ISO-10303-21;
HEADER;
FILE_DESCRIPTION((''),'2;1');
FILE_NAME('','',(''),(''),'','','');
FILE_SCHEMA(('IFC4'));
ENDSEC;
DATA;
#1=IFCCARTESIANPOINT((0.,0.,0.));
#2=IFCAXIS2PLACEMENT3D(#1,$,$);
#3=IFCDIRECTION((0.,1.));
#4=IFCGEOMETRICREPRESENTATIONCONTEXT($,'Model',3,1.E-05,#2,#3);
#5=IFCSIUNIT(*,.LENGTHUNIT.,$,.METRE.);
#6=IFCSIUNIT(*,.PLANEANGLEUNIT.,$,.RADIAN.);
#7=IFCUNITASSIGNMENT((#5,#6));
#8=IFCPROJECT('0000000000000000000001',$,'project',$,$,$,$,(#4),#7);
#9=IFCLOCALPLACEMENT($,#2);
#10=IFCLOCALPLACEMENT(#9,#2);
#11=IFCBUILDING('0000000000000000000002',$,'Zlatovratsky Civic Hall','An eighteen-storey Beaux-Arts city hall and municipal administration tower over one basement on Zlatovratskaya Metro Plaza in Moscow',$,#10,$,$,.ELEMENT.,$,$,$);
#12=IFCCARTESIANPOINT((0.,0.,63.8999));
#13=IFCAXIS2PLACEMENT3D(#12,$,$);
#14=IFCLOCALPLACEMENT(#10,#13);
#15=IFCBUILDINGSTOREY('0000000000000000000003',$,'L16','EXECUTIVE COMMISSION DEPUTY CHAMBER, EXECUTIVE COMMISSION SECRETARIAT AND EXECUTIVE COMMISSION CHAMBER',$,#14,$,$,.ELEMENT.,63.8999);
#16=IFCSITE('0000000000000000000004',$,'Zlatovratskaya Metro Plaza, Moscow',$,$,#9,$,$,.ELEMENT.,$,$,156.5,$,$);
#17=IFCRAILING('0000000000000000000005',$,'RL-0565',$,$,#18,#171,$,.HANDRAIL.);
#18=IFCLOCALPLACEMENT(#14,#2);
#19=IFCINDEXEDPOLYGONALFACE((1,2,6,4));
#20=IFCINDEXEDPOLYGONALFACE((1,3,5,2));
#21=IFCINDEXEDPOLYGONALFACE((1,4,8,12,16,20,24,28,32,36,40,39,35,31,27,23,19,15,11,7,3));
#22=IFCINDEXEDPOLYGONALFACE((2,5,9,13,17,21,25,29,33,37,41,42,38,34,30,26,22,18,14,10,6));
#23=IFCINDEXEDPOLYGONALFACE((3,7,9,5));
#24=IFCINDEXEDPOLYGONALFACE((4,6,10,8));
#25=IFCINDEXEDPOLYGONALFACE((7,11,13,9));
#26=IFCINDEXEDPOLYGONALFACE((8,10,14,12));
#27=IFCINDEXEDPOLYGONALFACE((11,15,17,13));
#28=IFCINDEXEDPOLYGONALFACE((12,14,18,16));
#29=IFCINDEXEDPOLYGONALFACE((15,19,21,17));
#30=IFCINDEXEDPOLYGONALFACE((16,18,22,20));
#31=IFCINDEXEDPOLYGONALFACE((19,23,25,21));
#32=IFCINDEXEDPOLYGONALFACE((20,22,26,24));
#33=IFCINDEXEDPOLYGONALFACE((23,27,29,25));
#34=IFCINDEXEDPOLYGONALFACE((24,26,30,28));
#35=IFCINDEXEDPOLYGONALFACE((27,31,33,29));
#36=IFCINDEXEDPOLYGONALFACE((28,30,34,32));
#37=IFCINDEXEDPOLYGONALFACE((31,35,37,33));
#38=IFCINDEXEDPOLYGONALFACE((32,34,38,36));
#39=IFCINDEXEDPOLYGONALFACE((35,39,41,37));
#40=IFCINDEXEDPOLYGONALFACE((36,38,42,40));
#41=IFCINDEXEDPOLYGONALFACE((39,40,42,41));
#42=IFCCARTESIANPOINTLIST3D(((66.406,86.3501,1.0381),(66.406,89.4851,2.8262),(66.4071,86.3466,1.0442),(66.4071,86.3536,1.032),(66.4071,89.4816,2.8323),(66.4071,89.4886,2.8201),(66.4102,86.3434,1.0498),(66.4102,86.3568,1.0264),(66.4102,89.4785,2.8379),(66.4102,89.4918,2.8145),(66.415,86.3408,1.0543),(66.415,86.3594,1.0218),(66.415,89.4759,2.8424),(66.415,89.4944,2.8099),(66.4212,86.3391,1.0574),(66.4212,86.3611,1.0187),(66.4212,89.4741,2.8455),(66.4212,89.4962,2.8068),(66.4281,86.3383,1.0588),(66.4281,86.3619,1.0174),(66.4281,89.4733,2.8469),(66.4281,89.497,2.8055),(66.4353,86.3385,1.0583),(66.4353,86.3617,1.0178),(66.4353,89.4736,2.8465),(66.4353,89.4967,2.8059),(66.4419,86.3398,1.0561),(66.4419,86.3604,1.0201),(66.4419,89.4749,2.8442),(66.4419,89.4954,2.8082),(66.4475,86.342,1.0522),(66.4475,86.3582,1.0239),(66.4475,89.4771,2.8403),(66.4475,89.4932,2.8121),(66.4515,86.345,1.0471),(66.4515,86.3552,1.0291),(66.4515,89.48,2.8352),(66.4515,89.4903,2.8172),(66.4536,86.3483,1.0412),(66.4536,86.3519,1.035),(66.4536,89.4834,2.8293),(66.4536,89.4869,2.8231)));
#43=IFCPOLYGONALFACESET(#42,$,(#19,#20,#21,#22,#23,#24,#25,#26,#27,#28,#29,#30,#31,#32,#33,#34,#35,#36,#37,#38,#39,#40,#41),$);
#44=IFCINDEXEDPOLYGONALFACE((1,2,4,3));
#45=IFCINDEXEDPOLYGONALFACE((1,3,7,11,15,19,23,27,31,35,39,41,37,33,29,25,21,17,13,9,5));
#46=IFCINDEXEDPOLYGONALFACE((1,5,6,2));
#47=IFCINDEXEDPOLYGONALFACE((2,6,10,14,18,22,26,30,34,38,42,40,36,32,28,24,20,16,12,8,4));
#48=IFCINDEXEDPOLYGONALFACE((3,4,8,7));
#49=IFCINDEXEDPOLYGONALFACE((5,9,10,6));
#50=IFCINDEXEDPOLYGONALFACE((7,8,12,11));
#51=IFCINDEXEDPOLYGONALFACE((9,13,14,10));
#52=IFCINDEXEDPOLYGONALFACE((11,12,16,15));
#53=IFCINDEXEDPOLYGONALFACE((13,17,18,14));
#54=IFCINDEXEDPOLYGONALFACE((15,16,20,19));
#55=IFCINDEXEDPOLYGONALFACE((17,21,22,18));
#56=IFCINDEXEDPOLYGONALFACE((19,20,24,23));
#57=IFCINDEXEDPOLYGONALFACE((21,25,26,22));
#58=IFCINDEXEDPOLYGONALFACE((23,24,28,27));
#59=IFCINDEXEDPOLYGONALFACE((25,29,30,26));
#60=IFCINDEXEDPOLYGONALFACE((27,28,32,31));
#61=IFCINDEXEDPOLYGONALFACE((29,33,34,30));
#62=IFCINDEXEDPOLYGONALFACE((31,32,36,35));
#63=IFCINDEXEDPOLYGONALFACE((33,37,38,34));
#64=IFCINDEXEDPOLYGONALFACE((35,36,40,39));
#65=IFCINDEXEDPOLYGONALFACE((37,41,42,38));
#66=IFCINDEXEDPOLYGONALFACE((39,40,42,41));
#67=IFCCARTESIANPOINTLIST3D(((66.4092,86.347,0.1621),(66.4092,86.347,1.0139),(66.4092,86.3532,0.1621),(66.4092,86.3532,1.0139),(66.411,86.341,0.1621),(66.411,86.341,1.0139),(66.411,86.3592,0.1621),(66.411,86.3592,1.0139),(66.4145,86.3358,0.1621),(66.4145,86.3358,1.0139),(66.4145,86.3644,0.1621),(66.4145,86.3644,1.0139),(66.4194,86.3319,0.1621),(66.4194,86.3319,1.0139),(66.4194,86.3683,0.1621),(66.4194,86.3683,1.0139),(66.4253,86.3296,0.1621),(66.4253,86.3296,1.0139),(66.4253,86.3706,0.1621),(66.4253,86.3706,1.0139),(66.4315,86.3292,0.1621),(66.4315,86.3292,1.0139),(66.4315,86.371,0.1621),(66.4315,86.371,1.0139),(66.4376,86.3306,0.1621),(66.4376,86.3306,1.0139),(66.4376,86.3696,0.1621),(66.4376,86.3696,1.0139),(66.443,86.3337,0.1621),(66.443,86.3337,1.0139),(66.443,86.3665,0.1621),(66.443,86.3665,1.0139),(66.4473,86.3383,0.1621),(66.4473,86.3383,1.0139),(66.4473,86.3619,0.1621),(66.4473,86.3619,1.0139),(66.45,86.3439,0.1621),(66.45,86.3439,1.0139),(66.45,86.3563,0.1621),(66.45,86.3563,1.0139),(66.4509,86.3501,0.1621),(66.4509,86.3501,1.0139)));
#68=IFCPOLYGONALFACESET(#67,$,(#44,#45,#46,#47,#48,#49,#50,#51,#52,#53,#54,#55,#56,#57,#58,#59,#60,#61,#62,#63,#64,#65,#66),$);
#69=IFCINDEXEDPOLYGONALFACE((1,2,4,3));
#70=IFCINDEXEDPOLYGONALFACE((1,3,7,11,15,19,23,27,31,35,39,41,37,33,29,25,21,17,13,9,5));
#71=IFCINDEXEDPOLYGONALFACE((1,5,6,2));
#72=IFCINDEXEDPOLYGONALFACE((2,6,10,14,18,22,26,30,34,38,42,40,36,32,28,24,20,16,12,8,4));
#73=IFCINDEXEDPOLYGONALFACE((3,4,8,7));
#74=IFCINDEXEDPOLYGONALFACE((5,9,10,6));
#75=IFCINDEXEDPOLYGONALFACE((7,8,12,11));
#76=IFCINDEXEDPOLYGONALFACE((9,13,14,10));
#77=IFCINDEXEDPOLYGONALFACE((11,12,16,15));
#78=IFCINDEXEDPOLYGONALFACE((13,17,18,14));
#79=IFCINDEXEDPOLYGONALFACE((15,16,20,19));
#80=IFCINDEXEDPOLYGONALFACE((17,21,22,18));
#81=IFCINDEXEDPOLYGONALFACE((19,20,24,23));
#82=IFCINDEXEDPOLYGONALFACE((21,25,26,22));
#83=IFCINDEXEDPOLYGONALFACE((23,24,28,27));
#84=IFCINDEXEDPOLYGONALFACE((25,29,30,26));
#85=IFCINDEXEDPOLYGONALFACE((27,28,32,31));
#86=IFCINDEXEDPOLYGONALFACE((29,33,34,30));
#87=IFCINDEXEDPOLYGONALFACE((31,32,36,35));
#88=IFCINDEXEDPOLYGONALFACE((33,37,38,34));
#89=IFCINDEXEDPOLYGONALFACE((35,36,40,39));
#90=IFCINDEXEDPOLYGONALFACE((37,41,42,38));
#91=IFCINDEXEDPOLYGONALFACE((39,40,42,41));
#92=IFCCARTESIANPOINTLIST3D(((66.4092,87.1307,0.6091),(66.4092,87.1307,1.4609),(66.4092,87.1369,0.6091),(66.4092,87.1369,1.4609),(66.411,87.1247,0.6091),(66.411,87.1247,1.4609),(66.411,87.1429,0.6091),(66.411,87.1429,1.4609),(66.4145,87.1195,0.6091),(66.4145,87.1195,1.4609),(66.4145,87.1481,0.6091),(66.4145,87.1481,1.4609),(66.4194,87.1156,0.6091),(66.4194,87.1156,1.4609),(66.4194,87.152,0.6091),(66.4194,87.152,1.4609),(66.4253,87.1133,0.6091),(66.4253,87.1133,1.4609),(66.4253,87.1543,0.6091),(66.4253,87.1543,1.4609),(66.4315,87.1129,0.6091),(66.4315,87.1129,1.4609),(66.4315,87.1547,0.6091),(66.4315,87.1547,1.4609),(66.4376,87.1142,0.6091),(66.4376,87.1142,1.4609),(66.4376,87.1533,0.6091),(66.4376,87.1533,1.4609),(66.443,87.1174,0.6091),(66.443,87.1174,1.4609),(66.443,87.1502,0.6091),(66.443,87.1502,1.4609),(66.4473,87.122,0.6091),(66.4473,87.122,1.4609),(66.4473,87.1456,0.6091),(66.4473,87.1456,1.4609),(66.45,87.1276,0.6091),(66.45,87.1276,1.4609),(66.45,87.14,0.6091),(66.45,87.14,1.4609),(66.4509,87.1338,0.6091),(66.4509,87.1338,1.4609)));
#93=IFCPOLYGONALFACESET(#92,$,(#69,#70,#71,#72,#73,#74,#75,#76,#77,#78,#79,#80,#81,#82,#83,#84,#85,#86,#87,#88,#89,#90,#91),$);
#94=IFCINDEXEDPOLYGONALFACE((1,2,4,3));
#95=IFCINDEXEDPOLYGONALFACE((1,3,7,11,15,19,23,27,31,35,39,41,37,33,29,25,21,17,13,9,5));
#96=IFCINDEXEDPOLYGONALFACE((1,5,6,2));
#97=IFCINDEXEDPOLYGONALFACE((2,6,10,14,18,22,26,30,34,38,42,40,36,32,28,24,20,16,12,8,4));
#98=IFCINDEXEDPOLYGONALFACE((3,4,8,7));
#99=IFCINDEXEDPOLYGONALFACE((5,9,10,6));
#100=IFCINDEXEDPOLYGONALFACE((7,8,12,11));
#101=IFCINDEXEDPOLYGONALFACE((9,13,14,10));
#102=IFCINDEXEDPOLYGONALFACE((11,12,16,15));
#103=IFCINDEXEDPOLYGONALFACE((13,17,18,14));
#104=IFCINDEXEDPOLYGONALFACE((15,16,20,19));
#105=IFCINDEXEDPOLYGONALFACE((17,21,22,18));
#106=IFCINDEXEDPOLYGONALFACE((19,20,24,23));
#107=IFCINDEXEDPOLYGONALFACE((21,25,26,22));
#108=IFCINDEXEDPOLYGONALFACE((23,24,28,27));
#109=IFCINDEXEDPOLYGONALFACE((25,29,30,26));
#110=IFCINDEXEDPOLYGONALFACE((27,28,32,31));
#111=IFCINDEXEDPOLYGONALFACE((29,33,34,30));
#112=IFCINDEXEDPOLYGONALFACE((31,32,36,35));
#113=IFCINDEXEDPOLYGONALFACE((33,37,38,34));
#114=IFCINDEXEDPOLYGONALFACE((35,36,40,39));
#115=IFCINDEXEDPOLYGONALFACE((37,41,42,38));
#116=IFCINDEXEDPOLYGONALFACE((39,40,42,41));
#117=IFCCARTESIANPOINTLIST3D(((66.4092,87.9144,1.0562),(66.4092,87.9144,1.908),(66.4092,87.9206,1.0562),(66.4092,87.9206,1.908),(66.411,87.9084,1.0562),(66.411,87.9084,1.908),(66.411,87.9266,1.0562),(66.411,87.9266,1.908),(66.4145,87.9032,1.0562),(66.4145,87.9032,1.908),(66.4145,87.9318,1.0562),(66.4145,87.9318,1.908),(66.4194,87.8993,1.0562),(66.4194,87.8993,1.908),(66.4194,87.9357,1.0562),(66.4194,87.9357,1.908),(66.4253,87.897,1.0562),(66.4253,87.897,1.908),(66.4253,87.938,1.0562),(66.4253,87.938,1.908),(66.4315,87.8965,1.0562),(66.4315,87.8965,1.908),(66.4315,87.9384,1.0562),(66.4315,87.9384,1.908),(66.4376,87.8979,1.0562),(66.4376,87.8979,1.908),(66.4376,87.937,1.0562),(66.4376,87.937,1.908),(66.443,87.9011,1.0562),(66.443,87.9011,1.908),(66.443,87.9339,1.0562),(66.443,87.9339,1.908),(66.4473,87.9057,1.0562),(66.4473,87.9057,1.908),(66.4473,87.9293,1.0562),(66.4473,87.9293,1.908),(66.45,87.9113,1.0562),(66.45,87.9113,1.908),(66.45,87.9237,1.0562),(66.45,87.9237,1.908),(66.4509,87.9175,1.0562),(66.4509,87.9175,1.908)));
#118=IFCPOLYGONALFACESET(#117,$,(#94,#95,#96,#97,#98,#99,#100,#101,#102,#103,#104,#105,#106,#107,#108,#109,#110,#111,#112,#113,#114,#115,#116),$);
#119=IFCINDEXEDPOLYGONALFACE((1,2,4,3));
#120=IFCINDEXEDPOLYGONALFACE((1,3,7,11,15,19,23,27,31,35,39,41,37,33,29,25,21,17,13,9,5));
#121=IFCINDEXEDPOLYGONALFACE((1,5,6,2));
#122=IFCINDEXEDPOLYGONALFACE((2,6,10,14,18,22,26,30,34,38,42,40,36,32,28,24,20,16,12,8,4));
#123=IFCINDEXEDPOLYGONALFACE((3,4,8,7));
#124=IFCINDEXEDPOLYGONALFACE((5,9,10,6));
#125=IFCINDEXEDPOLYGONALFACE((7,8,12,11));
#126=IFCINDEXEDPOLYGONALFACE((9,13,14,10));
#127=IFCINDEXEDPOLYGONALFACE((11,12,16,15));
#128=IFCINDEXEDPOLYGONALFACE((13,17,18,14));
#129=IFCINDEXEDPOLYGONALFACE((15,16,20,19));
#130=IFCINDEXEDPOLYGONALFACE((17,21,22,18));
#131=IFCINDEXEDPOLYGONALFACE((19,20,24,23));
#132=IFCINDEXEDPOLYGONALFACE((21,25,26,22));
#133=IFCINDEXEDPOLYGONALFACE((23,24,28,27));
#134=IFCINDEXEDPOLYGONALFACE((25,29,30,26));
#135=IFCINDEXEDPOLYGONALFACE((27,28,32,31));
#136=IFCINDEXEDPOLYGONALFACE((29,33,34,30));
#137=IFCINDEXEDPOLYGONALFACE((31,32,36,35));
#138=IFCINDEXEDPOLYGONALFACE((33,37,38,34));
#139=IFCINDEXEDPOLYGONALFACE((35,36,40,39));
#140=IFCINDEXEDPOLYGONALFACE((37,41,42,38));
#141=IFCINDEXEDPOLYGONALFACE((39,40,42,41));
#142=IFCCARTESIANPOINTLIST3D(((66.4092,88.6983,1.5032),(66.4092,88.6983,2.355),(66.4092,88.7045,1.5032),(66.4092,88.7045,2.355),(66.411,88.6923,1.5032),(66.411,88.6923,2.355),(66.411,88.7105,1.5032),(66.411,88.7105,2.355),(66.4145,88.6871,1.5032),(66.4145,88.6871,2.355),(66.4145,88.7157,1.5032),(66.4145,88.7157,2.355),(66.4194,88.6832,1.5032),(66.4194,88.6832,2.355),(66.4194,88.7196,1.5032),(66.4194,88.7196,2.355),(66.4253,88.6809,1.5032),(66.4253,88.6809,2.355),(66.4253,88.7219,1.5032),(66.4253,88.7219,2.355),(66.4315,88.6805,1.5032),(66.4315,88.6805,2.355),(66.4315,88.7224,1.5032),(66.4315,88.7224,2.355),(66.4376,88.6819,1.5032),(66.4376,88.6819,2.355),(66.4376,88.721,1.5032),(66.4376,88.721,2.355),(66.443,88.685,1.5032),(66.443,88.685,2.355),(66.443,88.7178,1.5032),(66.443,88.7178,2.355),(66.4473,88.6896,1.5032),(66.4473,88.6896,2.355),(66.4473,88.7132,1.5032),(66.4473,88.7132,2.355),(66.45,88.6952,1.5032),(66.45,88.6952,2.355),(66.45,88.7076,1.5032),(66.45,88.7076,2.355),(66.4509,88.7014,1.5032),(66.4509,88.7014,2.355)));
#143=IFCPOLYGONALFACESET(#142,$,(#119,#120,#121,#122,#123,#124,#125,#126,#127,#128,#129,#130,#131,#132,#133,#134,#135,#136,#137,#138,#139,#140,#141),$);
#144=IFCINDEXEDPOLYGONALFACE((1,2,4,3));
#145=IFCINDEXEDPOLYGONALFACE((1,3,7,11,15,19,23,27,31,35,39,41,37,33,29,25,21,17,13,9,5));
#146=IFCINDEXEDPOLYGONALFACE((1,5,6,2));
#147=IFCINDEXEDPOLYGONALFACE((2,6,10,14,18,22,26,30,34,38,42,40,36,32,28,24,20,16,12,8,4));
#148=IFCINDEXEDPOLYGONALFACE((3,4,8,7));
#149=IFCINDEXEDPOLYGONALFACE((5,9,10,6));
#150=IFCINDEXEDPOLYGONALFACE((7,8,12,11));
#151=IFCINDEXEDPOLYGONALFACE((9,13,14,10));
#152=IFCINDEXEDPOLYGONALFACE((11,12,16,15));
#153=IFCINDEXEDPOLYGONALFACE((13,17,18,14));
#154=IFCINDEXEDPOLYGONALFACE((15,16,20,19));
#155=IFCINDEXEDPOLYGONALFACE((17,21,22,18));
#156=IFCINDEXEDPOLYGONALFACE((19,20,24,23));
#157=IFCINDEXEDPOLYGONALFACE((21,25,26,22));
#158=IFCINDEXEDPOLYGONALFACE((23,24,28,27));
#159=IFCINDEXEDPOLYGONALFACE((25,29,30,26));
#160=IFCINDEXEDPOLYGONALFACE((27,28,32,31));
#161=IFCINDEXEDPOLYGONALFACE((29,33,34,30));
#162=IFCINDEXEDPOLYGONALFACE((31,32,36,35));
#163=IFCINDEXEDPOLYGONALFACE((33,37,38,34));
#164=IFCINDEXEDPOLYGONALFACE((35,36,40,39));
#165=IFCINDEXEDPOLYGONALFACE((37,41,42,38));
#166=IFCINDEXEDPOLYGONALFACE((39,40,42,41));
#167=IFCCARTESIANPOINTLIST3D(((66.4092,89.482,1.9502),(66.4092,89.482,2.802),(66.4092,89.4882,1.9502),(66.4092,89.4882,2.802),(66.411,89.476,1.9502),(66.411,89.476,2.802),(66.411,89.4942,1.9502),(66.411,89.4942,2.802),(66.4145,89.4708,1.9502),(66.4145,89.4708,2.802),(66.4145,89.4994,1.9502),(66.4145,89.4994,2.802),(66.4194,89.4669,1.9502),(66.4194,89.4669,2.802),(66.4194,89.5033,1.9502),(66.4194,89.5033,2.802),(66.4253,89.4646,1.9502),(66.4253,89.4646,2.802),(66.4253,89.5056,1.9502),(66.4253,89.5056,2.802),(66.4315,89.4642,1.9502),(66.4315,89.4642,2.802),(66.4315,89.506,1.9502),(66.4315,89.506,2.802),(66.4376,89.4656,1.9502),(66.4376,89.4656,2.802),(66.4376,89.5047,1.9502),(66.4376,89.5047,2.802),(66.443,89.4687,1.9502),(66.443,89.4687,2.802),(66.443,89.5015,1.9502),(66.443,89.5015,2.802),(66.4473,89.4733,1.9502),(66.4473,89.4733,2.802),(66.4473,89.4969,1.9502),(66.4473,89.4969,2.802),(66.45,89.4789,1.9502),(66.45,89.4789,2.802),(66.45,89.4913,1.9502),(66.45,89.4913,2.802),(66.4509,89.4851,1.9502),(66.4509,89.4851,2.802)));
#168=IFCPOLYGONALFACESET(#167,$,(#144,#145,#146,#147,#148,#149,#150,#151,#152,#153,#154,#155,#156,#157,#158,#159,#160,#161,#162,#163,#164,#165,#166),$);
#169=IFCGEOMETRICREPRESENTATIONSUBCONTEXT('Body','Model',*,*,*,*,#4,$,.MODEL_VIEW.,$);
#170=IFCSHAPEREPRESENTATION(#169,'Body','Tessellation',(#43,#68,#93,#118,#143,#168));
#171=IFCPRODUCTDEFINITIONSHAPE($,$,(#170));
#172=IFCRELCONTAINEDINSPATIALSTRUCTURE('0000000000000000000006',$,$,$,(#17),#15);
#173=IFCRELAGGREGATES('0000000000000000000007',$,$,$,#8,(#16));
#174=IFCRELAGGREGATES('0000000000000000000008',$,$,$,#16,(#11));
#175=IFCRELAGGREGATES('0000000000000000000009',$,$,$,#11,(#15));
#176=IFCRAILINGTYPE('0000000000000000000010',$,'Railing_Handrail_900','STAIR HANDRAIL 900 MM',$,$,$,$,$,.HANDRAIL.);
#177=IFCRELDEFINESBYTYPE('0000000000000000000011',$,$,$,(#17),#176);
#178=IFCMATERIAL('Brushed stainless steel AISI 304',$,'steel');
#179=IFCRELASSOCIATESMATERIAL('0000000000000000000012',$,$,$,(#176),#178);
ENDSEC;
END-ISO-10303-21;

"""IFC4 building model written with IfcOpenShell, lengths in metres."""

from ifc_helpers import new_model, si_unit, direction, frame, origin, origin_2d, place, context, subcontext, project, spatial, circle, extrude, material, type_object, element, save


model = new_model("IFC4")

# Units and contexts
model_context = context("Model", 3, precision=1e-05, world=origin(), true_north=direction((0.0, 1.0)))
body_context = subcontext(model_context, "Body", "Model", "MODEL_VIEW")
ifc_project = project(units=[si_unit("LENGTHUNIT", "METRE"), si_unit("PLANEANGLEUNIT", "RADIAN")], contexts=[model_context])

# Site, building, storey
site_placement = place(None, origin())
site = spatial("IfcSite", under=ifc_project, at=site_placement, Name="Zlatovratskaya Metro Plaza, Moscow", CompositionType="ELEMENT", RefElevation=156.5)
building_placement = place(site_placement, origin())
building = spatial("IfcBuilding", under=site, at=building_placement, Name="Zlatovratsky Civic Hall", Description="An eighteen-storey Beaux-Arts city hall and municipal administration tower over one basement on Zlatovratskaya Metro Plaza in Moscow", CompositionType="ELEMENT")
storey_placement = place(building_placement, frame((0.0, 0.0, 63.8999)))
storey = spatial("IfcBuildingStorey", under=building, at=storey_placement, Name="L16", Description="EXECUTIVE COMMISSION DEPUTY CHAMBER, EXECUTIVE COMMISSION SECRETARIAT AND EXECUTIVE COMMISSION CHAMBER", CompositionType="ELEMENT", Elevation=63.8999)

# Railing
ifc_material_1 = material(Name="Brushed stainless steel AISI 304", Category="steel")
railing_type_1 = type_object("IfcRailingType", Name="Railing_Handrail_900", Description="STAIR HANDRAIL 900 MM", PredefinedType="HANDRAIL", material=ifc_material_1)
railing_1_placement = place(storey_placement, frame((66.4299, 86.3501, 0.1621)))
element("IfcRailing", 1, at=railing_1_placement, inside=storey, type_object=railing_type_1, Name="RL-0565", PredefinedType="HANDRAIL", context=body_context, shape_type="SweptSolid", body=[
    extrude(circle(Radius=0.0239, at=origin_2d()), frame((0.0, 0.0, 0.876), z_axis=(0.0, 0.868642, 0.495439), x_axis=(-1.0, 0.0, 0.0)), (0.0, 0.0, 1.0), 3.6091),
    extrude(circle(Radius=0.021, at=origin_2d()), origin(), (0.0, 0.0, 1.0), 0.8518),
    extrude(circle(Radius=0.021, at=origin_2d()), frame((0.0, 0.7837, 0.447)), (0.0, 0.0, 1.0), 0.8518),
    extrude(circle(Radius=0.021, at=origin_2d()), frame((0.0, 1.5674, 0.894)), (0.0, 0.0, 1.0), 0.8518),
    extrude(circle(Radius=0.021, at=origin_2d()), frame((0.0, 2.3513, 1.3411)), (0.0, 0.0, 1.0), 0.8518),
    extrude(circle(Radius=0.021, at=origin_2d()), frame((0.0, 3.135, 1.7881)), (0.0, 0.0, 1.0), 0.8518),
])

save(model, "model.ifc")
